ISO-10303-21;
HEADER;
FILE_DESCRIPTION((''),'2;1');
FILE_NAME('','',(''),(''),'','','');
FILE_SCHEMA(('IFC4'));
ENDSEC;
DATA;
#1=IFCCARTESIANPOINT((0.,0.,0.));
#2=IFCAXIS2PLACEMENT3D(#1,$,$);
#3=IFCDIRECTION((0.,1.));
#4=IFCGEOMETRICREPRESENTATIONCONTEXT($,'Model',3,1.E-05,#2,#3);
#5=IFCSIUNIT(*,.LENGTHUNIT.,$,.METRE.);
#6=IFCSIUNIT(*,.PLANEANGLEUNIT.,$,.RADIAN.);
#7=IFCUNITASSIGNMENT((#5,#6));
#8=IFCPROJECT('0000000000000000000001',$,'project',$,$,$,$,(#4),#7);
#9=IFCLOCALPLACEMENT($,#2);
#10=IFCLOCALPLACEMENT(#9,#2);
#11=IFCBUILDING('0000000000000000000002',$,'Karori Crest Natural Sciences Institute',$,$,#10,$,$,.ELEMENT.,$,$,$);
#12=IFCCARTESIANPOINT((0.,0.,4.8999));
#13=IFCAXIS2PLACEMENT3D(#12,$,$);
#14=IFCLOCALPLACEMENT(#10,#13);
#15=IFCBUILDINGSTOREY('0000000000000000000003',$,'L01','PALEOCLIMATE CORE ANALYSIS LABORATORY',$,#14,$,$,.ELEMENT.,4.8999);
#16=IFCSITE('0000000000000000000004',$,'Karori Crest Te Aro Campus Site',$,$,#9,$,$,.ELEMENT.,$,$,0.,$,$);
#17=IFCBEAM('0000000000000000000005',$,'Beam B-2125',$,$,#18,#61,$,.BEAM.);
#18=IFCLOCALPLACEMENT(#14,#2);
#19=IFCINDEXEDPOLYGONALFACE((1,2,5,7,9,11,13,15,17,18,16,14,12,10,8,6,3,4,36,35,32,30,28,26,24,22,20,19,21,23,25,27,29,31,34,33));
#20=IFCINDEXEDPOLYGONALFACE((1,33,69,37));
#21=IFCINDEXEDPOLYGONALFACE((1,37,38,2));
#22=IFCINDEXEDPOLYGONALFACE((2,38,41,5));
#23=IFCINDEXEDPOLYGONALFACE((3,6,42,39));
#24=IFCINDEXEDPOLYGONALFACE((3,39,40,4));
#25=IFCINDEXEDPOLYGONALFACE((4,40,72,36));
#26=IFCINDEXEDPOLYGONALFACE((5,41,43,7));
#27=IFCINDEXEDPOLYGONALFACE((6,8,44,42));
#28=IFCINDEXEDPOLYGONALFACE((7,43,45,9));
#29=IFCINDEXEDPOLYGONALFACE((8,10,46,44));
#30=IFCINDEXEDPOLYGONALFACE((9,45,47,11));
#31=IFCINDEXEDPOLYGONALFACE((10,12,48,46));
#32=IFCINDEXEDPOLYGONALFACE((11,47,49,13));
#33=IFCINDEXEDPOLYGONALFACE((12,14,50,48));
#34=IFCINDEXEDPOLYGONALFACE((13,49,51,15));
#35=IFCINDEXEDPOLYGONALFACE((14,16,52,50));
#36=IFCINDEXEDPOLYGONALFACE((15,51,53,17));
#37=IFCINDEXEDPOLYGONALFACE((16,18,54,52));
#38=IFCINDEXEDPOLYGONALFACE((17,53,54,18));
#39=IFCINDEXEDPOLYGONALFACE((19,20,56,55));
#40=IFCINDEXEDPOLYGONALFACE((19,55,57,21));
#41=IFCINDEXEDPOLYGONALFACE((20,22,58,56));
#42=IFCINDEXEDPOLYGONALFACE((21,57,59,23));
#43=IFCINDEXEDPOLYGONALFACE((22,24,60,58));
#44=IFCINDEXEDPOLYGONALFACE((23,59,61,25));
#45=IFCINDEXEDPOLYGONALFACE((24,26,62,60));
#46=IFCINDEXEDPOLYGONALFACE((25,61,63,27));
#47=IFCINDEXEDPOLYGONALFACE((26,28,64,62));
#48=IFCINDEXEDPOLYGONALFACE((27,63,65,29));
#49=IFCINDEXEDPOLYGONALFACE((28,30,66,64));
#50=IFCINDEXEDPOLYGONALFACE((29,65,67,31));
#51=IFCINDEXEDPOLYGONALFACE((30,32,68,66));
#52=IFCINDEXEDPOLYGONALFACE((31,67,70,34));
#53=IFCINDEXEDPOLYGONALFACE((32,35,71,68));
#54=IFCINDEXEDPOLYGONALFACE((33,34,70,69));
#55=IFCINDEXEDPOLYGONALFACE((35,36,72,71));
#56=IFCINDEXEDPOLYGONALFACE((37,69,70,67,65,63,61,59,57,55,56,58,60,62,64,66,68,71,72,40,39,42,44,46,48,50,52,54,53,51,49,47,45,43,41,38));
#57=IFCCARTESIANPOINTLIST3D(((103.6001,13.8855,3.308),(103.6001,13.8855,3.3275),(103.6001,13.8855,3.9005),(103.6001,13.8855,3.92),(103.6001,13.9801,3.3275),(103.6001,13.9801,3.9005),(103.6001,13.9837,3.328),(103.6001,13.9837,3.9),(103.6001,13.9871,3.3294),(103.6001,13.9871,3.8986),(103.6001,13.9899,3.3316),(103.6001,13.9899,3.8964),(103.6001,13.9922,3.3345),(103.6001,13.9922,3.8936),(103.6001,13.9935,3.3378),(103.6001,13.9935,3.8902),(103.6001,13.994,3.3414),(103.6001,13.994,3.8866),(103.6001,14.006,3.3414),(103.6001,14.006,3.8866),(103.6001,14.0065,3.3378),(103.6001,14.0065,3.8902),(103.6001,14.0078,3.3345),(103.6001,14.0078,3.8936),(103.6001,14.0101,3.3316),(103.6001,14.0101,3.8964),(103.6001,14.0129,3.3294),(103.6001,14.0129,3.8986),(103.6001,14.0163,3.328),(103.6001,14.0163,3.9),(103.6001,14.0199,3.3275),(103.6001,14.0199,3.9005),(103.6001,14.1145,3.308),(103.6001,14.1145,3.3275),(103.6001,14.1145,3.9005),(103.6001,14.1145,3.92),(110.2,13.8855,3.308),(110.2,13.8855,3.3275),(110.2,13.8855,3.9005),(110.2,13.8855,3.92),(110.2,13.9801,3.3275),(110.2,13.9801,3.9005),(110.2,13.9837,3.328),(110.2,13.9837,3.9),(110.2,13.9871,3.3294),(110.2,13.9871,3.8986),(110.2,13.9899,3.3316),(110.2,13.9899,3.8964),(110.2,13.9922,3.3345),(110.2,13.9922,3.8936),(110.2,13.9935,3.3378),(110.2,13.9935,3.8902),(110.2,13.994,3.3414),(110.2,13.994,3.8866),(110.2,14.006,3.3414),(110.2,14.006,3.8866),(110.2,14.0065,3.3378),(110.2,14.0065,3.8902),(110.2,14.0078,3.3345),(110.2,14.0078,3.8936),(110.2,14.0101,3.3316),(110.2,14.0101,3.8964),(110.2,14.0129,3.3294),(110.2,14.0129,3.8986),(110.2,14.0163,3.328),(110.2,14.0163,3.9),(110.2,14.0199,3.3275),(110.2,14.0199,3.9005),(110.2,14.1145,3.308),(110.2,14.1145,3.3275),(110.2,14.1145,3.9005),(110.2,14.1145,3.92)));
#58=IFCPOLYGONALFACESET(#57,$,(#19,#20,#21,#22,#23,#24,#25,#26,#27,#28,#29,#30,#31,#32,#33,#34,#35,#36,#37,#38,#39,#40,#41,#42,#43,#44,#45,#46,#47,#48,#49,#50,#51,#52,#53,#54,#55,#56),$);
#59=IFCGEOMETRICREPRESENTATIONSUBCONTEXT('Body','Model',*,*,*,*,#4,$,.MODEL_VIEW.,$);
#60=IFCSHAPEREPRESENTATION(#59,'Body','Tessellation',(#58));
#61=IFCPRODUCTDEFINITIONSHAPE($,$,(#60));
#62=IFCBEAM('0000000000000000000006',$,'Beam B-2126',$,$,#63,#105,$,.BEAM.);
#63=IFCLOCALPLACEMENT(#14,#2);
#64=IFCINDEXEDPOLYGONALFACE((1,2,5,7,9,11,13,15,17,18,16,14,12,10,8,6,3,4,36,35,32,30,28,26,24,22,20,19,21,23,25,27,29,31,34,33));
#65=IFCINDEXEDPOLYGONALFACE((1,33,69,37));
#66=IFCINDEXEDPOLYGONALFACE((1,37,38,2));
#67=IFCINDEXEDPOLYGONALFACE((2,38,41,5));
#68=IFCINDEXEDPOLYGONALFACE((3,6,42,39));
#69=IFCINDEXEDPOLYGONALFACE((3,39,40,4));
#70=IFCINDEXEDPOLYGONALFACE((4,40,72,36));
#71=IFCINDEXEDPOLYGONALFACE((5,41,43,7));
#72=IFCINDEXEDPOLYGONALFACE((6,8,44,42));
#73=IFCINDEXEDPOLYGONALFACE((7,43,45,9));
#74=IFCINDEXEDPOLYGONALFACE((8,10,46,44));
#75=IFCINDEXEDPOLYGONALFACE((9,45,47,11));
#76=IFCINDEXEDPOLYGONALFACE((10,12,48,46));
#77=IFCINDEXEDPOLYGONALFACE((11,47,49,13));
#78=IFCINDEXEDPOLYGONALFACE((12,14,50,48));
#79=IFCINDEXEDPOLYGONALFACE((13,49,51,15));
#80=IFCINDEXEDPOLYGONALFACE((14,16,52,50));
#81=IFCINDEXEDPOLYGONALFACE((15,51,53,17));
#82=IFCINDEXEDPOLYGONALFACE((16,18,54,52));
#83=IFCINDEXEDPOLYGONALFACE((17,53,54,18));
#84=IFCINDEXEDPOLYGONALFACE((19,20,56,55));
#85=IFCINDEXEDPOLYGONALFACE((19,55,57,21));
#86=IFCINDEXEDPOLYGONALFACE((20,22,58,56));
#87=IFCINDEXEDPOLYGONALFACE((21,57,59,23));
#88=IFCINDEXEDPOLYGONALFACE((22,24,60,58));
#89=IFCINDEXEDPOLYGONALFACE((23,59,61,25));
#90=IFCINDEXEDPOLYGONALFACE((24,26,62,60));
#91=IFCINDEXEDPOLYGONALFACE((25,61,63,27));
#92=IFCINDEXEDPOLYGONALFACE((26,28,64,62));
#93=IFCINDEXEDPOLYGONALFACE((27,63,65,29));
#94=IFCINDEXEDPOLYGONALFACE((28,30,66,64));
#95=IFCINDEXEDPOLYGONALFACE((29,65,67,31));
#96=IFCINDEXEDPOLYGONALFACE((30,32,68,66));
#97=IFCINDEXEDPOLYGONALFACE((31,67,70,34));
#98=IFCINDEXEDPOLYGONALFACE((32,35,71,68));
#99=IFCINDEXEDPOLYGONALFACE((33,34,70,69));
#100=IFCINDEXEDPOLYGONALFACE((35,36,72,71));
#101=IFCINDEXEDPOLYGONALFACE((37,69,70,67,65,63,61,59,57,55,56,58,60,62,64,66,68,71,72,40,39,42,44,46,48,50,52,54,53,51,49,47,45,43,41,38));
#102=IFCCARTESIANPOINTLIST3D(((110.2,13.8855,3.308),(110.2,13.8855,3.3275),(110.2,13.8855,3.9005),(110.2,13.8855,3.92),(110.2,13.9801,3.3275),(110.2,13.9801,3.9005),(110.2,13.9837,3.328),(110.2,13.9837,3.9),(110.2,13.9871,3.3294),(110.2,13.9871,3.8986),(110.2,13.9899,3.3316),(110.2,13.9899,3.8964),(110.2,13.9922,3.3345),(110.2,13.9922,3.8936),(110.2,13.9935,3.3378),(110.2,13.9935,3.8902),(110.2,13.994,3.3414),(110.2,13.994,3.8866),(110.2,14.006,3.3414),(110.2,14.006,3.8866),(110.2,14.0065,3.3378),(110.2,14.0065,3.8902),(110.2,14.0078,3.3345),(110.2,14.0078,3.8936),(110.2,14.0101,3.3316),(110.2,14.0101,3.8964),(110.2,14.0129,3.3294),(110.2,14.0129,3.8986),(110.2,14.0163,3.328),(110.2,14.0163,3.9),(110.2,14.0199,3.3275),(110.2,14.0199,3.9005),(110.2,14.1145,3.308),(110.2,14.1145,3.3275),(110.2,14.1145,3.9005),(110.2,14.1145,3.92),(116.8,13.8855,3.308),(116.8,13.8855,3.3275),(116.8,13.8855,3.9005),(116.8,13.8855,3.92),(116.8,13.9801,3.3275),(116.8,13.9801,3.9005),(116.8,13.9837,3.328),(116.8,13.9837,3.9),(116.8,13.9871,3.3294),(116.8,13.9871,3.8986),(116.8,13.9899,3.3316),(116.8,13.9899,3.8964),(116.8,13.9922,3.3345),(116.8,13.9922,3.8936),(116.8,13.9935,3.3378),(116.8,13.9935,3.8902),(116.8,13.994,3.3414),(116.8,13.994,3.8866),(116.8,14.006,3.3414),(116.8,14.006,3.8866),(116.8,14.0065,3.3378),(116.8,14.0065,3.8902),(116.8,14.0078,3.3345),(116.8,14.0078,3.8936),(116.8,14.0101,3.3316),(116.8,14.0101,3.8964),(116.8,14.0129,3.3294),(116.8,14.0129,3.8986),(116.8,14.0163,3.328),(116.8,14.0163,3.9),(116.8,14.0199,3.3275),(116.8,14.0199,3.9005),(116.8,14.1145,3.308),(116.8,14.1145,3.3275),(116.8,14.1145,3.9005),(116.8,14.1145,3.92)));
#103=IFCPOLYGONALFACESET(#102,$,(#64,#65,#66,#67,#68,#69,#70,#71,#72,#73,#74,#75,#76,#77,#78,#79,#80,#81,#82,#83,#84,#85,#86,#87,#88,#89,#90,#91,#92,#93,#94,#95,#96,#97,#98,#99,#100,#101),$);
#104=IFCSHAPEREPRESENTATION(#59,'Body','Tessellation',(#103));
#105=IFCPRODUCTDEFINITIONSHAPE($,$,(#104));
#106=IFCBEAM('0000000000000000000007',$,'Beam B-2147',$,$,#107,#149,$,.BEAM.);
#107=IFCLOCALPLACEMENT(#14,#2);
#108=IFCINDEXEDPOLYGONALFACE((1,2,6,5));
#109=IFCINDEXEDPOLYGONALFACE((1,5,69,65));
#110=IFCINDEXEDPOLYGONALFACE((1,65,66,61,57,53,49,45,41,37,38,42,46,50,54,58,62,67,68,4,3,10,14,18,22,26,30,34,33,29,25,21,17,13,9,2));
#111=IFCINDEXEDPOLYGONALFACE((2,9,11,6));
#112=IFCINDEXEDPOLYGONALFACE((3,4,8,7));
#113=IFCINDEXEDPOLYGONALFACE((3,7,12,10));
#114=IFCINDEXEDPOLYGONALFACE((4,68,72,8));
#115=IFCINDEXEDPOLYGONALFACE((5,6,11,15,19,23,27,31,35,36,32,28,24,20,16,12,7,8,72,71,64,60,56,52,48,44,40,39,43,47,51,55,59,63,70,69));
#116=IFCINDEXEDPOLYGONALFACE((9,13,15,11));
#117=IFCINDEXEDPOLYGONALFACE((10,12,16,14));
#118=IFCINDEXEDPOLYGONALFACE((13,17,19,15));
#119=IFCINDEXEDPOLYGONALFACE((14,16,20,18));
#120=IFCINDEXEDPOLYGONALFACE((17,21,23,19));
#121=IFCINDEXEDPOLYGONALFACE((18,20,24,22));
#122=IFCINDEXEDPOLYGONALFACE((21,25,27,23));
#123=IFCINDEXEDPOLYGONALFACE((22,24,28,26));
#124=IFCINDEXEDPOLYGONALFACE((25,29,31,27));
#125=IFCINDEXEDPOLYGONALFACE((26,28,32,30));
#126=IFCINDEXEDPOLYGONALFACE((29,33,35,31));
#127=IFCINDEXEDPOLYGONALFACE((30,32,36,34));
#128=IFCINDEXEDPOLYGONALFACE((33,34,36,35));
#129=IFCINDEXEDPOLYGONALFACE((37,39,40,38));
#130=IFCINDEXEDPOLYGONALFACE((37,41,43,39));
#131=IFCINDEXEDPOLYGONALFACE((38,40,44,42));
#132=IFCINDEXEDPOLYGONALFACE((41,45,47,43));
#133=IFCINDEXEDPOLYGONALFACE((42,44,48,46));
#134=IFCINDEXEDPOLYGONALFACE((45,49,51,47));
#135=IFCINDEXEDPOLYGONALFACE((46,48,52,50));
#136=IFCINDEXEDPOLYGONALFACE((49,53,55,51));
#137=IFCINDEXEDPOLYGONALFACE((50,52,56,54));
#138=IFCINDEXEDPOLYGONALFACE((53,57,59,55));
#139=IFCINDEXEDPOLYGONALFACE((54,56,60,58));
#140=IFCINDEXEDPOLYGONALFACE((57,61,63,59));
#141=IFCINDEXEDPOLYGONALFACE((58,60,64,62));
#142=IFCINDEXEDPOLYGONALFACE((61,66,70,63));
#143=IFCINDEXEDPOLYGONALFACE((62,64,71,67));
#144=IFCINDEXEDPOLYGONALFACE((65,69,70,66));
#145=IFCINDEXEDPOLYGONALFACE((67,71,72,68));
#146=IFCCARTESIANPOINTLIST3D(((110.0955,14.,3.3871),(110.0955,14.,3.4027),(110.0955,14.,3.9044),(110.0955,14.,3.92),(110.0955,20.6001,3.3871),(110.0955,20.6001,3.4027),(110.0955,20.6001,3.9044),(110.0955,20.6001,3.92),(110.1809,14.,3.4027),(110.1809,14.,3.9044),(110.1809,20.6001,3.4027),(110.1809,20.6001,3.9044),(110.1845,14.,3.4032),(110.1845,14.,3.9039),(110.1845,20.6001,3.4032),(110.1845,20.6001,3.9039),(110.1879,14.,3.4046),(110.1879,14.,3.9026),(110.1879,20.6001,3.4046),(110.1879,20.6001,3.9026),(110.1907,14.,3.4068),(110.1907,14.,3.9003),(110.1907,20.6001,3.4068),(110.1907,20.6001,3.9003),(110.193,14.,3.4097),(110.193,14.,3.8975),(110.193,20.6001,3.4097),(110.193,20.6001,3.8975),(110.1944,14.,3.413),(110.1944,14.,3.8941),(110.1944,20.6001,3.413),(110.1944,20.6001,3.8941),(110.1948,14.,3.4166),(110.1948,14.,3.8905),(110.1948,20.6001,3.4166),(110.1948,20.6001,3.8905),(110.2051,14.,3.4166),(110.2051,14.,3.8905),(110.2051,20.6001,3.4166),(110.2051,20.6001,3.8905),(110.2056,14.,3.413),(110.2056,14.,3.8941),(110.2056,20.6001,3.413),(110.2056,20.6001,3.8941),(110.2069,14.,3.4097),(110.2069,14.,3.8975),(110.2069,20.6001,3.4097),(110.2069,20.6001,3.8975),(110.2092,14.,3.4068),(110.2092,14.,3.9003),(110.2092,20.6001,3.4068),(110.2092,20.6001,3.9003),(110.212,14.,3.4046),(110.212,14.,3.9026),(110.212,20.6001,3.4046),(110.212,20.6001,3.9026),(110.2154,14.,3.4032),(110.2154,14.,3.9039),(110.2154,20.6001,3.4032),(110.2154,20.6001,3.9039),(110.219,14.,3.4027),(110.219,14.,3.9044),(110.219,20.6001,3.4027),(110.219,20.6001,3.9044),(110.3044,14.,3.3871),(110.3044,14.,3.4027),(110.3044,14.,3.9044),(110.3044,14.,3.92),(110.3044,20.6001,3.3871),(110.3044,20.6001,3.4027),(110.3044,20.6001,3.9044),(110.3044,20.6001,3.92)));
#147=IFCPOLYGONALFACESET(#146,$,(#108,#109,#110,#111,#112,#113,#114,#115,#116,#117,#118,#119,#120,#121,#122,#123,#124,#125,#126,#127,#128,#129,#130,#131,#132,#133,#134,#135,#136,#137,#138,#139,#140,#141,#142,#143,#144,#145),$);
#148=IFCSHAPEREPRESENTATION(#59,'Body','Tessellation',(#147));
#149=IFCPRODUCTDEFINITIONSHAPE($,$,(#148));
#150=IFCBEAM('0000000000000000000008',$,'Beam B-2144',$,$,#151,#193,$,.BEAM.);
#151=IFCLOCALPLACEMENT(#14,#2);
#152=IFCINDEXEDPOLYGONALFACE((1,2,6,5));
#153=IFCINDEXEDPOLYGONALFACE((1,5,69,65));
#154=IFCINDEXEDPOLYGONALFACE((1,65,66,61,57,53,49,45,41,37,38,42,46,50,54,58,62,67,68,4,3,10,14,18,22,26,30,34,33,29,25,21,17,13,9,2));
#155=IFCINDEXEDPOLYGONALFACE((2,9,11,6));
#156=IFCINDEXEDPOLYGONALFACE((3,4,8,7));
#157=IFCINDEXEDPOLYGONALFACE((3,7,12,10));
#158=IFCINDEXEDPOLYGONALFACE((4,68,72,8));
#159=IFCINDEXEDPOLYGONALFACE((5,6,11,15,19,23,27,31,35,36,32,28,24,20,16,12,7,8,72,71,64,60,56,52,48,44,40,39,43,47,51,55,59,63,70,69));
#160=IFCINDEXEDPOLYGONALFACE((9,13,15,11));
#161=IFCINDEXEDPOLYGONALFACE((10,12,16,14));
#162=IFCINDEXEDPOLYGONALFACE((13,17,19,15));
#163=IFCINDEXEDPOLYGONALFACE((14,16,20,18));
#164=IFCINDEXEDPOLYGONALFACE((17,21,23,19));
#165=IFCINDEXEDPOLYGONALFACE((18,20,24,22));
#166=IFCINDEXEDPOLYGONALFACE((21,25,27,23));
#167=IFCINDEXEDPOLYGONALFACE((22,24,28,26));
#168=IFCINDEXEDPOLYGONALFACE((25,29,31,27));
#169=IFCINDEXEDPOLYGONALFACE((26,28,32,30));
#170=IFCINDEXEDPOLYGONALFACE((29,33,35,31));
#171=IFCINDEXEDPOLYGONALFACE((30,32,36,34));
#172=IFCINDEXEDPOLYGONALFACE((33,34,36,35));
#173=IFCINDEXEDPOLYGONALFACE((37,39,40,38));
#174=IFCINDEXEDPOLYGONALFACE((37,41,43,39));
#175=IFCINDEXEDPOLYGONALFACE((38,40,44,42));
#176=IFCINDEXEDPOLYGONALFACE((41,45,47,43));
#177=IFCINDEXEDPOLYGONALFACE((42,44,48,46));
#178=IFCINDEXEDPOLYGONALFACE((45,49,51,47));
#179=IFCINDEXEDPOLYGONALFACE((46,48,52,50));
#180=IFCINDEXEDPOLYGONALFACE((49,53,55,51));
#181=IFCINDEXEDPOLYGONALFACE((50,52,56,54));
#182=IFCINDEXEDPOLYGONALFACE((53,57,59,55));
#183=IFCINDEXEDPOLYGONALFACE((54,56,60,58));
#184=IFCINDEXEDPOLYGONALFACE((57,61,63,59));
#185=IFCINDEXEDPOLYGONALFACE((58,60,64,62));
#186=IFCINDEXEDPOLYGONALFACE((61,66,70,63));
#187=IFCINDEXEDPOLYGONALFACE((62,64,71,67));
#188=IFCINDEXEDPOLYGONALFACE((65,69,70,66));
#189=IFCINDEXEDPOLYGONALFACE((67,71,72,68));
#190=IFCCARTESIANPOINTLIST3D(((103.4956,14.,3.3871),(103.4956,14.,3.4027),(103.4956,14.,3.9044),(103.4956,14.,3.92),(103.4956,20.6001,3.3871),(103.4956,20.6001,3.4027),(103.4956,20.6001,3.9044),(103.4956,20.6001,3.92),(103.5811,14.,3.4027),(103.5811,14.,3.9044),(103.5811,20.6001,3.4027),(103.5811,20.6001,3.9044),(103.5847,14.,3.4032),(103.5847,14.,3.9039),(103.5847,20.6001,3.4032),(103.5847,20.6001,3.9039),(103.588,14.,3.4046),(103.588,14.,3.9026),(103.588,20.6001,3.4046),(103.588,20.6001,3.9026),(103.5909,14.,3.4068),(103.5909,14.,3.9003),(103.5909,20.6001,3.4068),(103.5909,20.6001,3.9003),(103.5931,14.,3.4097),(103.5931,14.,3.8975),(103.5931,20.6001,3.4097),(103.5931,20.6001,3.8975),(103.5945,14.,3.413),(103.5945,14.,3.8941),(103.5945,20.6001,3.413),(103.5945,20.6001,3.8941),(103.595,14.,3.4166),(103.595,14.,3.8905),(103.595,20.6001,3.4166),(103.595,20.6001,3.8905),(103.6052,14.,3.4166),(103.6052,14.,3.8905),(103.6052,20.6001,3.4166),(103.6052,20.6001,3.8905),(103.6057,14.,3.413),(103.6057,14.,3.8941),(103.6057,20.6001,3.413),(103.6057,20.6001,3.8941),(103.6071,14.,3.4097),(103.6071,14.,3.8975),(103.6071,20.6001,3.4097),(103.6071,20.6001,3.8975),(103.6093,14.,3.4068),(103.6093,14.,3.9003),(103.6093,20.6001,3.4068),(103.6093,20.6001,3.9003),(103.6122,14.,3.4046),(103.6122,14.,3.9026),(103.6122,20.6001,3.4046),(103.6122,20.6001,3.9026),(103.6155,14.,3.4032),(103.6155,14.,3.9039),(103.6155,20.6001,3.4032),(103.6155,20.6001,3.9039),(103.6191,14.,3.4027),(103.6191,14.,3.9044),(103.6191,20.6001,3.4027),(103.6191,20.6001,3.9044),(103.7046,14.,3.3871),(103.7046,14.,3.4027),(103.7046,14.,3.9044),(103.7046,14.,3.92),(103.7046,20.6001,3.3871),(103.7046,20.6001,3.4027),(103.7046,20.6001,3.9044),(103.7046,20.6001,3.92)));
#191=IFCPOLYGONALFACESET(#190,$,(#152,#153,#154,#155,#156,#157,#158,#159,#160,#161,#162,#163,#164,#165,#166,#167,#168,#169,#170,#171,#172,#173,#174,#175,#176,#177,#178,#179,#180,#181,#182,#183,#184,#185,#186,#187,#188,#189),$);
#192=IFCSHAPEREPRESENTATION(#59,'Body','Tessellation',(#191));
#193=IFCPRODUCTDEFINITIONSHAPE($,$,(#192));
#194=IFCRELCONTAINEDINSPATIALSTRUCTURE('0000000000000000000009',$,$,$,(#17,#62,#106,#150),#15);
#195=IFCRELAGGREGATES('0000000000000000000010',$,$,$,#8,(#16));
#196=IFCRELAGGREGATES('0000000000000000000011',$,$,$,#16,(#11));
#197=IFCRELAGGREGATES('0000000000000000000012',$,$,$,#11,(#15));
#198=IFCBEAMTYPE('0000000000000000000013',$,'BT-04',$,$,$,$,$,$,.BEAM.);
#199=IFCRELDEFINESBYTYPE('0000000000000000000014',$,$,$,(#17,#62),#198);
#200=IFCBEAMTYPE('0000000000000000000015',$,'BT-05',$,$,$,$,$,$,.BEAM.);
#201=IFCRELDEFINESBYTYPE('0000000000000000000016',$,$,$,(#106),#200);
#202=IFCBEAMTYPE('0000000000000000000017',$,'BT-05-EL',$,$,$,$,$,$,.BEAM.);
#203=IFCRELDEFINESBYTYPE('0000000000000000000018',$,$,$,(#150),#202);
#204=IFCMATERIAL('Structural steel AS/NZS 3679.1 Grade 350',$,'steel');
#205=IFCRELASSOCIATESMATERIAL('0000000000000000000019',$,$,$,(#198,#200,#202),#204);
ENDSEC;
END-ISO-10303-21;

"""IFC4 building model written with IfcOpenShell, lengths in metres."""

from ifc_helpers import new_model, si_unit, direction, frame, origin, origin_2d, place, context, subcontext, project, spatial, i_section, extrude, material, material_profile, profile_set, type_object, element, save


model = new_model("IFC4")

# Units and contexts
model_context = context("Model", 3, precision=1e-05, world=origin(), true_north=direction((0.0, 1.0)))
body_context = subcontext(model_context, "Body", "Model", "MODEL_VIEW")
ifc_project = project(units=[si_unit("LENGTHUNIT", "METRE"), si_unit("PLANEANGLEUNIT", "RADIAN")], contexts=[model_context])

# Site, building, storey
site_placement = place(None, origin())
site = spatial("IfcSite", under=ifc_project, at=site_placement, Name="Karori Crest Te Aro Campus Site", CompositionType="ELEMENT", RefElevation=0.0)
building_placement = place(site_placement, origin())
building = spatial("IfcBuilding", under=site, at=building_placement, Name="Karori Crest Natural Sciences Institute", CompositionType="ELEMENT")
storey_placement = place(building_placement, frame((0.0, 0.0, 4.8999)))
storey = spatial("IfcBuildingStorey", under=building, at=storey_placement, Name="L01", Description="PALEOCLIMATE CORE ANALYSIS LABORATORY", CompositionType="ELEMENT", Elevation=4.8999)

# Shared definitions
ifc_material_1 = material(Name="Structural steel AS/NZS 3679.1 Grade 350", Category="steel")

# Beams
ifc_material_profile_1 = material_profile(ifc_material_1, i_section(OverallWidth=0.229, OverallDepth=0.6121, WebThickness=0.012, FlangeThickness=0.0195, FilletRadius=0.0139, at=origin_2d()), Name="610UB125")
ifc_profile_set_1 = profile_set([ifc_material_profile_1], Name="Structural steel AS/NZS 3679.1 Grade 350")
beam_type_1 = type_object("IfcBeamType", Name="BT-04", PredefinedType="BEAM", material=ifc_profile_set_1)
beam_1_placement = place(storey_placement, frame((103.6001, 14.0, 3.614), z_axis=(1.0, 0.0, 0.0), x_axis=(0.0, 1.0, 0.0)))
element("IfcBeam", 1, at=beam_1_placement, inside=storey, type_object=beam_type_1, Name="Beam B-2125", PredefinedType="BEAM", context=body_context, shape_type="SweptSolid", body=[
    extrude(i_section(OverallWidth=0.229, OverallDepth=0.6121, WebThickness=0.012, FlangeThickness=0.0195, FilletRadius=0.0139, at=origin_2d()), origin(), (0.0, 0.0, 1.0), 6.5999),
])
beam_2_placement = place(storey_placement, frame((110.2, 14.0, 3.614), z_axis=(1.0, 0.0, 0.0), x_axis=(0.0, 1.0, 0.0)))
element("IfcBeam", 2, at=beam_2_placement, inside=storey, type_object=beam_type_1, Name="Beam B-2126", PredefinedType="BEAM", context=body_context, shape_type="SweptSolid", body=[
    extrude(i_section(OverallWidth=0.229, OverallDepth=0.6121, WebThickness=0.012, FlangeThickness=0.0195, FilletRadius=0.0139, at=origin_2d()), origin(), (0.0, 0.0, 1.0), 6.6001),
])
ifc_material_profile_2 = material_profile(ifc_material_1, i_section(OverallWidth=0.209, OverallDepth=0.533, WebThickness=0.0103, FlangeThickness=0.0156, FilletRadius=0.0139, at=origin_2d()), Name="530UB92.4")
ifc_profile_set_2 = profile_set([ifc_material_profile_2], Name="Structural steel AS/NZS 3679.1 Grade 350")
beam_type_2 = type_object("IfcBeamType", Name="BT-05", PredefinedType="BEAM", material=ifc_profile_set_2)
beam_3_placement = place(storey_placement, frame((110.2, 14.0, 3.6536), z_axis=(0.0, 1.0, 0.0), x_axis=(-1.0, 0.0, 0.0)))
element("IfcBeam", 3, at=beam_3_placement, inside=storey, type_object=beam_type_2, Name="Beam B-2147", PredefinedType="BEAM", context=body_context, shape_type="SweptSolid", body=[
    extrude(i_section(OverallWidth=0.209, OverallDepth=0.533, WebThickness=0.0103, FlangeThickness=0.0156, FilletRadius=0.0139, at=origin_2d()), origin(), (0.0, 0.0, 1.0), 6.6001),
])
ifc_material_profile_3 = material_profile(ifc_material_1, i_section(OverallWidth=0.209, OverallDepth=0.533, WebThickness=0.0103, FlangeThickness=0.0156, FilletRadius=0.0139, at=origin_2d()), Name="530UB92.4")
ifc_profile_set_3 = profile_set([ifc_material_profile_3], Name="Structural steel AS/NZS 3679.1 Grade 350")
beam_type_3 = type_object("IfcBeamType", Name="BT-05-EL", PredefinedType="BEAM", material=ifc_profile_set_3)
beam_4_placement = place(storey_placement, frame((103.6001, 14.0, 3.6536), z_axis=(0.0, 1.0, 0.0), x_axis=(-1.0, 0.0, 0.0)))
element("IfcBeam", 4, at=beam_4_placement, inside=storey, type_object=beam_type_3, Name="Beam B-2144", PredefinedType="BEAM", context=body_context, shape_type="SweptSolid", body=[
    extrude(i_section(OverallWidth=0.209, OverallDepth=0.533, WebThickness=0.0103, FlangeThickness=0.0156, FilletRadius=0.0139, at=origin_2d()), origin(), (0.0, 0.0, 1.0), 6.6001),
])

save(model, "model.ifc")
